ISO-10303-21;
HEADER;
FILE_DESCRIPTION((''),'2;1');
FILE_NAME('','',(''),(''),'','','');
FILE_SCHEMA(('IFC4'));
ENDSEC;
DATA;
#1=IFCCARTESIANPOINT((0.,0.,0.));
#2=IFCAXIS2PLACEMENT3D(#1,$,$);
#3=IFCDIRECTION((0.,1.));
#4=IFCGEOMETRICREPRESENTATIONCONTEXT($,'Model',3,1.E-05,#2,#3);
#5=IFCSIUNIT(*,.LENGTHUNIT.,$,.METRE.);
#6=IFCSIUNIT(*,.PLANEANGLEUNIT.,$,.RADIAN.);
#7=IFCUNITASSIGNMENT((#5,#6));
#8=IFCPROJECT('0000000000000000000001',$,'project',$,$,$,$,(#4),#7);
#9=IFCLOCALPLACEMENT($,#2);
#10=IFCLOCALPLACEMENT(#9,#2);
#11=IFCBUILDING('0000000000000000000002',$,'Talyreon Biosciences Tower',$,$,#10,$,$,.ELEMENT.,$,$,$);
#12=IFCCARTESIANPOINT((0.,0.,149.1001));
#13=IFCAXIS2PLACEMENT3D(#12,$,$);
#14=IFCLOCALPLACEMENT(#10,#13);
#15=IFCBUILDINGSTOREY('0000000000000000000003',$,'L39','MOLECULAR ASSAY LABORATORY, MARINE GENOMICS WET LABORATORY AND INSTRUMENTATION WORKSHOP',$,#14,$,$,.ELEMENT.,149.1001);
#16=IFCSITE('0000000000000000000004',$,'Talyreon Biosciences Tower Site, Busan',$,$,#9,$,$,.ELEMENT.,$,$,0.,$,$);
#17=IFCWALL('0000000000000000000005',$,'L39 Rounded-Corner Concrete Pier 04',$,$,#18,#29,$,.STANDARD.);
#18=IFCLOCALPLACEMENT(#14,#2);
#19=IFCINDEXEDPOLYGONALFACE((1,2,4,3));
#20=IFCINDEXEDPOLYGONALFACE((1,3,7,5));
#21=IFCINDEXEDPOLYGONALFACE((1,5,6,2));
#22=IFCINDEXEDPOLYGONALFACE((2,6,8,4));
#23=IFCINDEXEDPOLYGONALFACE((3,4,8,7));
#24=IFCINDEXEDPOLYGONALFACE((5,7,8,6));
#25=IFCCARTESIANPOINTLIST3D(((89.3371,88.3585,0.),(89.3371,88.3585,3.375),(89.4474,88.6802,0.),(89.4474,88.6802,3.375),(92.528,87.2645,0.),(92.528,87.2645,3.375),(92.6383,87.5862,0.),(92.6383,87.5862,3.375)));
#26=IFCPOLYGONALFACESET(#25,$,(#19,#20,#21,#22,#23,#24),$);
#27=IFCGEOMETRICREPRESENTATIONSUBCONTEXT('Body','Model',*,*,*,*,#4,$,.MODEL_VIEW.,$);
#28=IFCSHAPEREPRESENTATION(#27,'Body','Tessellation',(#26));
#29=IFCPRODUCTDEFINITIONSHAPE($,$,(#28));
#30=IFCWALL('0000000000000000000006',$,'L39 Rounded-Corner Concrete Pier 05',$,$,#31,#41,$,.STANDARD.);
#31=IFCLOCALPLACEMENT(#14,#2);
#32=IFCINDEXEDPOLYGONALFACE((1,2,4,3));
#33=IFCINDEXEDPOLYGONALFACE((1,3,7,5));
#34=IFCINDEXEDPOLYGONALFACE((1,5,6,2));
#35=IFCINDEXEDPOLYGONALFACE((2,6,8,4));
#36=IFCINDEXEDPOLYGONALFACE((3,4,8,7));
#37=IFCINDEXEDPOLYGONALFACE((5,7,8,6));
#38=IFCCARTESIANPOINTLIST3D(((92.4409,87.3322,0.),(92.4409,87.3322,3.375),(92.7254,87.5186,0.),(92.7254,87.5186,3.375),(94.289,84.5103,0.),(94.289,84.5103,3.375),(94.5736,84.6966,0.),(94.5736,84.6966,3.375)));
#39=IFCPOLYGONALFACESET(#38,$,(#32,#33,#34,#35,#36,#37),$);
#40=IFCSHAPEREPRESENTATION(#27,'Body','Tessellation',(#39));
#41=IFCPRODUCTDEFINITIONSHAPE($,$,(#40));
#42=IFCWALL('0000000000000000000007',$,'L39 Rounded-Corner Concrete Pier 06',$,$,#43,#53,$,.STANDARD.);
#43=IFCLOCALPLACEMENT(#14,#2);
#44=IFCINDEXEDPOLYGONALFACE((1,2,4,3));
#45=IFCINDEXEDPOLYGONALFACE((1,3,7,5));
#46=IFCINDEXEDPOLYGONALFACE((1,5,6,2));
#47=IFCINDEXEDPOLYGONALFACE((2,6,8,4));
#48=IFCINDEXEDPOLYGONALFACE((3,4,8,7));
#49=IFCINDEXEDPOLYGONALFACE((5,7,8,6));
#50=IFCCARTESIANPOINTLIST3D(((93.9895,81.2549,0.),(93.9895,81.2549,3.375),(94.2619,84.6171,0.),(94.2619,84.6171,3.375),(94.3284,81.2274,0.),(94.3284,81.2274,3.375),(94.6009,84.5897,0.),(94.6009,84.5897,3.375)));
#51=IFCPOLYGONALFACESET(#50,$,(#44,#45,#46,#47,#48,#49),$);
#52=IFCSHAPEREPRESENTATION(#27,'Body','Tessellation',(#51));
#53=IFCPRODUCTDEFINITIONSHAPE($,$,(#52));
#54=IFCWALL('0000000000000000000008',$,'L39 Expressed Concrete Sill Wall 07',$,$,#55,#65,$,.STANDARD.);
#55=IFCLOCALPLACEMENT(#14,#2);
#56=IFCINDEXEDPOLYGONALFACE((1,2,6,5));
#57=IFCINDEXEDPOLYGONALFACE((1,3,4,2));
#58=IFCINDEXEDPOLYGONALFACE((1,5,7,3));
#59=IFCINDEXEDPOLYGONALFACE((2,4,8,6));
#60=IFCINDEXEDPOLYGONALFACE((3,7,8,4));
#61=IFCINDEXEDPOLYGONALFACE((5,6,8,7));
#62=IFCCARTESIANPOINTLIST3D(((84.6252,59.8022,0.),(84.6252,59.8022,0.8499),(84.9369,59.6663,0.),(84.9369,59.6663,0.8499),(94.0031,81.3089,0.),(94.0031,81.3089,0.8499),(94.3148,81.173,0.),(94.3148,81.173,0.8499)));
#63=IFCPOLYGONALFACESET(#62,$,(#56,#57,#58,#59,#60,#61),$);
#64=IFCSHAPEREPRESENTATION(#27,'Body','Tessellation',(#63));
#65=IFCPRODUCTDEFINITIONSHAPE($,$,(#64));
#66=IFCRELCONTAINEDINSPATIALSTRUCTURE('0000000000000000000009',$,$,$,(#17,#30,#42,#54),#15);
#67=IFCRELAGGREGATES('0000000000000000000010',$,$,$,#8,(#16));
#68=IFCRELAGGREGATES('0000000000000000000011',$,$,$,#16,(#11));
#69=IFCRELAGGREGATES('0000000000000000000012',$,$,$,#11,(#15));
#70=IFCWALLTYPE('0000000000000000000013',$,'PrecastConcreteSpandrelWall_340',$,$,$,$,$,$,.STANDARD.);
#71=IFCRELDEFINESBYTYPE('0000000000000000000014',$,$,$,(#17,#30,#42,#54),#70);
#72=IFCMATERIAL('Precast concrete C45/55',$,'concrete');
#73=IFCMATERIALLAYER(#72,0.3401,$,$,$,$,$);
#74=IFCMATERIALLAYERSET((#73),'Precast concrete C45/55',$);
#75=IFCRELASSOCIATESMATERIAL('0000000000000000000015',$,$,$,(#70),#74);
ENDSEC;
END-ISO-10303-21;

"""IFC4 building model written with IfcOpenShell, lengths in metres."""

from ifc_helpers import new_model, si_unit, direction, frame, frame_2d, origin, place, context, subcontext, project, spatial, rectangle, extrude, material, layer, layer_set, type_object, element, save


model = new_model("IFC4")

# Units and contexts
model_context = context("Model", 3, precision=1e-05, world=origin(), true_north=direction((0.0, 1.0)))
body_context = subcontext(model_context, "Body", "Model", "MODEL_VIEW")
ifc_project = project(units=[si_unit("LENGTHUNIT", "METRE"), si_unit("PLANEANGLEUNIT", "RADIAN")], contexts=[model_context])

# Site, building, storey
site_placement = place(None, origin())
site = spatial("IfcSite", under=ifc_project, at=site_placement, Name="Talyreon Biosciences Tower Site, Busan", CompositionType="ELEMENT", RefElevation=0.0)
building_placement = place(site_placement, origin())
building = spatial("IfcBuilding", under=site, at=building_placement, Name="Talyreon Biosciences Tower", CompositionType="ELEMENT")
storey_placement = place(building_placement, frame((0.0, 0.0, 149.1001)))
storey = spatial("IfcBuildingStorey", under=building, at=storey_placement, Name="L39", Description="MOLECULAR ASSAY LABORATORY, MARINE GENOMICS WET LABORATORY AND INSTRUMENTATION WORKSHOP", CompositionType="ELEMENT", Elevation=149.1001)

# Shared definitions
ifc_material_1 = material(Name="Precast concrete C45/55", Category="concrete")

# Walls
ifc_layer_1 = layer(ifc_material_1, 0.3401)
ifc_layer_set_1 = layer_set([ifc_layer_1], Name="Precast concrete C45/55")
wall_type_1 = type_object("IfcWallType", Name="PrecastConcreteSpandrelWall_340", PredefinedType="STANDARD", material=ifc_layer_set_1)
for number, where, z_axis, x_axis, name in (
    (1, (89.3923, 88.5193, 0.0), (0.0, 0.0, 1.0), (0.945949, -0.324315, 0.0), "L39 Rounded-Corner Concrete Pier 04"),
    (2, (92.5833, 87.4253, 0.0), (0.0, 0.0, 1.0), (0.547867, -0.836565, 0.0), "L39 Rounded-Corner Concrete Pier 05"),
    (3, (94.4314, 84.6033, 0.0), (0.0, 0.0, 1.0), (-0.080769, -0.996733, 0.0), "L39 Rounded-Corner Concrete Pier 06"),
):
    element("IfcWall", number, at=place(storey_placement, frame(where, z_axis=z_axis, x_axis=x_axis)), inside=storey, type_object=wall_type_1, Name=name, PredefinedType="STANDARD", context=body_context, shape_type="SweptSolid", body=[
        extrude(rectangle(XDim=3.3733, YDim=0.3401, at=frame_2d((1.6865, 0.0))), origin(), (0.0, 0.0, 1.0), 3.375),
    ])
wall_1_placement = place(storey_placement, frame((94.1589, 81.241, 0.0), z_axis=(0.0, 0.0, 1.0), x_axis=(-0.399698, -0.916647, 0.0)))
element("IfcWall", 4, at=wall_1_placement, inside=storey, type_object=wall_type_1, Name="L39 Expressed Concrete Sill Wall 07", PredefinedType="STANDARD", context=body_context, shape_type="SweptSolid", body=[
    extrude(rectangle(XDim=23.4624, YDim=0.3401, at=frame_2d((11.7312, 0.0))), origin(), (0.0, 0.0, 1.0), 0.8499),
])

save(model, "model.ifc")
